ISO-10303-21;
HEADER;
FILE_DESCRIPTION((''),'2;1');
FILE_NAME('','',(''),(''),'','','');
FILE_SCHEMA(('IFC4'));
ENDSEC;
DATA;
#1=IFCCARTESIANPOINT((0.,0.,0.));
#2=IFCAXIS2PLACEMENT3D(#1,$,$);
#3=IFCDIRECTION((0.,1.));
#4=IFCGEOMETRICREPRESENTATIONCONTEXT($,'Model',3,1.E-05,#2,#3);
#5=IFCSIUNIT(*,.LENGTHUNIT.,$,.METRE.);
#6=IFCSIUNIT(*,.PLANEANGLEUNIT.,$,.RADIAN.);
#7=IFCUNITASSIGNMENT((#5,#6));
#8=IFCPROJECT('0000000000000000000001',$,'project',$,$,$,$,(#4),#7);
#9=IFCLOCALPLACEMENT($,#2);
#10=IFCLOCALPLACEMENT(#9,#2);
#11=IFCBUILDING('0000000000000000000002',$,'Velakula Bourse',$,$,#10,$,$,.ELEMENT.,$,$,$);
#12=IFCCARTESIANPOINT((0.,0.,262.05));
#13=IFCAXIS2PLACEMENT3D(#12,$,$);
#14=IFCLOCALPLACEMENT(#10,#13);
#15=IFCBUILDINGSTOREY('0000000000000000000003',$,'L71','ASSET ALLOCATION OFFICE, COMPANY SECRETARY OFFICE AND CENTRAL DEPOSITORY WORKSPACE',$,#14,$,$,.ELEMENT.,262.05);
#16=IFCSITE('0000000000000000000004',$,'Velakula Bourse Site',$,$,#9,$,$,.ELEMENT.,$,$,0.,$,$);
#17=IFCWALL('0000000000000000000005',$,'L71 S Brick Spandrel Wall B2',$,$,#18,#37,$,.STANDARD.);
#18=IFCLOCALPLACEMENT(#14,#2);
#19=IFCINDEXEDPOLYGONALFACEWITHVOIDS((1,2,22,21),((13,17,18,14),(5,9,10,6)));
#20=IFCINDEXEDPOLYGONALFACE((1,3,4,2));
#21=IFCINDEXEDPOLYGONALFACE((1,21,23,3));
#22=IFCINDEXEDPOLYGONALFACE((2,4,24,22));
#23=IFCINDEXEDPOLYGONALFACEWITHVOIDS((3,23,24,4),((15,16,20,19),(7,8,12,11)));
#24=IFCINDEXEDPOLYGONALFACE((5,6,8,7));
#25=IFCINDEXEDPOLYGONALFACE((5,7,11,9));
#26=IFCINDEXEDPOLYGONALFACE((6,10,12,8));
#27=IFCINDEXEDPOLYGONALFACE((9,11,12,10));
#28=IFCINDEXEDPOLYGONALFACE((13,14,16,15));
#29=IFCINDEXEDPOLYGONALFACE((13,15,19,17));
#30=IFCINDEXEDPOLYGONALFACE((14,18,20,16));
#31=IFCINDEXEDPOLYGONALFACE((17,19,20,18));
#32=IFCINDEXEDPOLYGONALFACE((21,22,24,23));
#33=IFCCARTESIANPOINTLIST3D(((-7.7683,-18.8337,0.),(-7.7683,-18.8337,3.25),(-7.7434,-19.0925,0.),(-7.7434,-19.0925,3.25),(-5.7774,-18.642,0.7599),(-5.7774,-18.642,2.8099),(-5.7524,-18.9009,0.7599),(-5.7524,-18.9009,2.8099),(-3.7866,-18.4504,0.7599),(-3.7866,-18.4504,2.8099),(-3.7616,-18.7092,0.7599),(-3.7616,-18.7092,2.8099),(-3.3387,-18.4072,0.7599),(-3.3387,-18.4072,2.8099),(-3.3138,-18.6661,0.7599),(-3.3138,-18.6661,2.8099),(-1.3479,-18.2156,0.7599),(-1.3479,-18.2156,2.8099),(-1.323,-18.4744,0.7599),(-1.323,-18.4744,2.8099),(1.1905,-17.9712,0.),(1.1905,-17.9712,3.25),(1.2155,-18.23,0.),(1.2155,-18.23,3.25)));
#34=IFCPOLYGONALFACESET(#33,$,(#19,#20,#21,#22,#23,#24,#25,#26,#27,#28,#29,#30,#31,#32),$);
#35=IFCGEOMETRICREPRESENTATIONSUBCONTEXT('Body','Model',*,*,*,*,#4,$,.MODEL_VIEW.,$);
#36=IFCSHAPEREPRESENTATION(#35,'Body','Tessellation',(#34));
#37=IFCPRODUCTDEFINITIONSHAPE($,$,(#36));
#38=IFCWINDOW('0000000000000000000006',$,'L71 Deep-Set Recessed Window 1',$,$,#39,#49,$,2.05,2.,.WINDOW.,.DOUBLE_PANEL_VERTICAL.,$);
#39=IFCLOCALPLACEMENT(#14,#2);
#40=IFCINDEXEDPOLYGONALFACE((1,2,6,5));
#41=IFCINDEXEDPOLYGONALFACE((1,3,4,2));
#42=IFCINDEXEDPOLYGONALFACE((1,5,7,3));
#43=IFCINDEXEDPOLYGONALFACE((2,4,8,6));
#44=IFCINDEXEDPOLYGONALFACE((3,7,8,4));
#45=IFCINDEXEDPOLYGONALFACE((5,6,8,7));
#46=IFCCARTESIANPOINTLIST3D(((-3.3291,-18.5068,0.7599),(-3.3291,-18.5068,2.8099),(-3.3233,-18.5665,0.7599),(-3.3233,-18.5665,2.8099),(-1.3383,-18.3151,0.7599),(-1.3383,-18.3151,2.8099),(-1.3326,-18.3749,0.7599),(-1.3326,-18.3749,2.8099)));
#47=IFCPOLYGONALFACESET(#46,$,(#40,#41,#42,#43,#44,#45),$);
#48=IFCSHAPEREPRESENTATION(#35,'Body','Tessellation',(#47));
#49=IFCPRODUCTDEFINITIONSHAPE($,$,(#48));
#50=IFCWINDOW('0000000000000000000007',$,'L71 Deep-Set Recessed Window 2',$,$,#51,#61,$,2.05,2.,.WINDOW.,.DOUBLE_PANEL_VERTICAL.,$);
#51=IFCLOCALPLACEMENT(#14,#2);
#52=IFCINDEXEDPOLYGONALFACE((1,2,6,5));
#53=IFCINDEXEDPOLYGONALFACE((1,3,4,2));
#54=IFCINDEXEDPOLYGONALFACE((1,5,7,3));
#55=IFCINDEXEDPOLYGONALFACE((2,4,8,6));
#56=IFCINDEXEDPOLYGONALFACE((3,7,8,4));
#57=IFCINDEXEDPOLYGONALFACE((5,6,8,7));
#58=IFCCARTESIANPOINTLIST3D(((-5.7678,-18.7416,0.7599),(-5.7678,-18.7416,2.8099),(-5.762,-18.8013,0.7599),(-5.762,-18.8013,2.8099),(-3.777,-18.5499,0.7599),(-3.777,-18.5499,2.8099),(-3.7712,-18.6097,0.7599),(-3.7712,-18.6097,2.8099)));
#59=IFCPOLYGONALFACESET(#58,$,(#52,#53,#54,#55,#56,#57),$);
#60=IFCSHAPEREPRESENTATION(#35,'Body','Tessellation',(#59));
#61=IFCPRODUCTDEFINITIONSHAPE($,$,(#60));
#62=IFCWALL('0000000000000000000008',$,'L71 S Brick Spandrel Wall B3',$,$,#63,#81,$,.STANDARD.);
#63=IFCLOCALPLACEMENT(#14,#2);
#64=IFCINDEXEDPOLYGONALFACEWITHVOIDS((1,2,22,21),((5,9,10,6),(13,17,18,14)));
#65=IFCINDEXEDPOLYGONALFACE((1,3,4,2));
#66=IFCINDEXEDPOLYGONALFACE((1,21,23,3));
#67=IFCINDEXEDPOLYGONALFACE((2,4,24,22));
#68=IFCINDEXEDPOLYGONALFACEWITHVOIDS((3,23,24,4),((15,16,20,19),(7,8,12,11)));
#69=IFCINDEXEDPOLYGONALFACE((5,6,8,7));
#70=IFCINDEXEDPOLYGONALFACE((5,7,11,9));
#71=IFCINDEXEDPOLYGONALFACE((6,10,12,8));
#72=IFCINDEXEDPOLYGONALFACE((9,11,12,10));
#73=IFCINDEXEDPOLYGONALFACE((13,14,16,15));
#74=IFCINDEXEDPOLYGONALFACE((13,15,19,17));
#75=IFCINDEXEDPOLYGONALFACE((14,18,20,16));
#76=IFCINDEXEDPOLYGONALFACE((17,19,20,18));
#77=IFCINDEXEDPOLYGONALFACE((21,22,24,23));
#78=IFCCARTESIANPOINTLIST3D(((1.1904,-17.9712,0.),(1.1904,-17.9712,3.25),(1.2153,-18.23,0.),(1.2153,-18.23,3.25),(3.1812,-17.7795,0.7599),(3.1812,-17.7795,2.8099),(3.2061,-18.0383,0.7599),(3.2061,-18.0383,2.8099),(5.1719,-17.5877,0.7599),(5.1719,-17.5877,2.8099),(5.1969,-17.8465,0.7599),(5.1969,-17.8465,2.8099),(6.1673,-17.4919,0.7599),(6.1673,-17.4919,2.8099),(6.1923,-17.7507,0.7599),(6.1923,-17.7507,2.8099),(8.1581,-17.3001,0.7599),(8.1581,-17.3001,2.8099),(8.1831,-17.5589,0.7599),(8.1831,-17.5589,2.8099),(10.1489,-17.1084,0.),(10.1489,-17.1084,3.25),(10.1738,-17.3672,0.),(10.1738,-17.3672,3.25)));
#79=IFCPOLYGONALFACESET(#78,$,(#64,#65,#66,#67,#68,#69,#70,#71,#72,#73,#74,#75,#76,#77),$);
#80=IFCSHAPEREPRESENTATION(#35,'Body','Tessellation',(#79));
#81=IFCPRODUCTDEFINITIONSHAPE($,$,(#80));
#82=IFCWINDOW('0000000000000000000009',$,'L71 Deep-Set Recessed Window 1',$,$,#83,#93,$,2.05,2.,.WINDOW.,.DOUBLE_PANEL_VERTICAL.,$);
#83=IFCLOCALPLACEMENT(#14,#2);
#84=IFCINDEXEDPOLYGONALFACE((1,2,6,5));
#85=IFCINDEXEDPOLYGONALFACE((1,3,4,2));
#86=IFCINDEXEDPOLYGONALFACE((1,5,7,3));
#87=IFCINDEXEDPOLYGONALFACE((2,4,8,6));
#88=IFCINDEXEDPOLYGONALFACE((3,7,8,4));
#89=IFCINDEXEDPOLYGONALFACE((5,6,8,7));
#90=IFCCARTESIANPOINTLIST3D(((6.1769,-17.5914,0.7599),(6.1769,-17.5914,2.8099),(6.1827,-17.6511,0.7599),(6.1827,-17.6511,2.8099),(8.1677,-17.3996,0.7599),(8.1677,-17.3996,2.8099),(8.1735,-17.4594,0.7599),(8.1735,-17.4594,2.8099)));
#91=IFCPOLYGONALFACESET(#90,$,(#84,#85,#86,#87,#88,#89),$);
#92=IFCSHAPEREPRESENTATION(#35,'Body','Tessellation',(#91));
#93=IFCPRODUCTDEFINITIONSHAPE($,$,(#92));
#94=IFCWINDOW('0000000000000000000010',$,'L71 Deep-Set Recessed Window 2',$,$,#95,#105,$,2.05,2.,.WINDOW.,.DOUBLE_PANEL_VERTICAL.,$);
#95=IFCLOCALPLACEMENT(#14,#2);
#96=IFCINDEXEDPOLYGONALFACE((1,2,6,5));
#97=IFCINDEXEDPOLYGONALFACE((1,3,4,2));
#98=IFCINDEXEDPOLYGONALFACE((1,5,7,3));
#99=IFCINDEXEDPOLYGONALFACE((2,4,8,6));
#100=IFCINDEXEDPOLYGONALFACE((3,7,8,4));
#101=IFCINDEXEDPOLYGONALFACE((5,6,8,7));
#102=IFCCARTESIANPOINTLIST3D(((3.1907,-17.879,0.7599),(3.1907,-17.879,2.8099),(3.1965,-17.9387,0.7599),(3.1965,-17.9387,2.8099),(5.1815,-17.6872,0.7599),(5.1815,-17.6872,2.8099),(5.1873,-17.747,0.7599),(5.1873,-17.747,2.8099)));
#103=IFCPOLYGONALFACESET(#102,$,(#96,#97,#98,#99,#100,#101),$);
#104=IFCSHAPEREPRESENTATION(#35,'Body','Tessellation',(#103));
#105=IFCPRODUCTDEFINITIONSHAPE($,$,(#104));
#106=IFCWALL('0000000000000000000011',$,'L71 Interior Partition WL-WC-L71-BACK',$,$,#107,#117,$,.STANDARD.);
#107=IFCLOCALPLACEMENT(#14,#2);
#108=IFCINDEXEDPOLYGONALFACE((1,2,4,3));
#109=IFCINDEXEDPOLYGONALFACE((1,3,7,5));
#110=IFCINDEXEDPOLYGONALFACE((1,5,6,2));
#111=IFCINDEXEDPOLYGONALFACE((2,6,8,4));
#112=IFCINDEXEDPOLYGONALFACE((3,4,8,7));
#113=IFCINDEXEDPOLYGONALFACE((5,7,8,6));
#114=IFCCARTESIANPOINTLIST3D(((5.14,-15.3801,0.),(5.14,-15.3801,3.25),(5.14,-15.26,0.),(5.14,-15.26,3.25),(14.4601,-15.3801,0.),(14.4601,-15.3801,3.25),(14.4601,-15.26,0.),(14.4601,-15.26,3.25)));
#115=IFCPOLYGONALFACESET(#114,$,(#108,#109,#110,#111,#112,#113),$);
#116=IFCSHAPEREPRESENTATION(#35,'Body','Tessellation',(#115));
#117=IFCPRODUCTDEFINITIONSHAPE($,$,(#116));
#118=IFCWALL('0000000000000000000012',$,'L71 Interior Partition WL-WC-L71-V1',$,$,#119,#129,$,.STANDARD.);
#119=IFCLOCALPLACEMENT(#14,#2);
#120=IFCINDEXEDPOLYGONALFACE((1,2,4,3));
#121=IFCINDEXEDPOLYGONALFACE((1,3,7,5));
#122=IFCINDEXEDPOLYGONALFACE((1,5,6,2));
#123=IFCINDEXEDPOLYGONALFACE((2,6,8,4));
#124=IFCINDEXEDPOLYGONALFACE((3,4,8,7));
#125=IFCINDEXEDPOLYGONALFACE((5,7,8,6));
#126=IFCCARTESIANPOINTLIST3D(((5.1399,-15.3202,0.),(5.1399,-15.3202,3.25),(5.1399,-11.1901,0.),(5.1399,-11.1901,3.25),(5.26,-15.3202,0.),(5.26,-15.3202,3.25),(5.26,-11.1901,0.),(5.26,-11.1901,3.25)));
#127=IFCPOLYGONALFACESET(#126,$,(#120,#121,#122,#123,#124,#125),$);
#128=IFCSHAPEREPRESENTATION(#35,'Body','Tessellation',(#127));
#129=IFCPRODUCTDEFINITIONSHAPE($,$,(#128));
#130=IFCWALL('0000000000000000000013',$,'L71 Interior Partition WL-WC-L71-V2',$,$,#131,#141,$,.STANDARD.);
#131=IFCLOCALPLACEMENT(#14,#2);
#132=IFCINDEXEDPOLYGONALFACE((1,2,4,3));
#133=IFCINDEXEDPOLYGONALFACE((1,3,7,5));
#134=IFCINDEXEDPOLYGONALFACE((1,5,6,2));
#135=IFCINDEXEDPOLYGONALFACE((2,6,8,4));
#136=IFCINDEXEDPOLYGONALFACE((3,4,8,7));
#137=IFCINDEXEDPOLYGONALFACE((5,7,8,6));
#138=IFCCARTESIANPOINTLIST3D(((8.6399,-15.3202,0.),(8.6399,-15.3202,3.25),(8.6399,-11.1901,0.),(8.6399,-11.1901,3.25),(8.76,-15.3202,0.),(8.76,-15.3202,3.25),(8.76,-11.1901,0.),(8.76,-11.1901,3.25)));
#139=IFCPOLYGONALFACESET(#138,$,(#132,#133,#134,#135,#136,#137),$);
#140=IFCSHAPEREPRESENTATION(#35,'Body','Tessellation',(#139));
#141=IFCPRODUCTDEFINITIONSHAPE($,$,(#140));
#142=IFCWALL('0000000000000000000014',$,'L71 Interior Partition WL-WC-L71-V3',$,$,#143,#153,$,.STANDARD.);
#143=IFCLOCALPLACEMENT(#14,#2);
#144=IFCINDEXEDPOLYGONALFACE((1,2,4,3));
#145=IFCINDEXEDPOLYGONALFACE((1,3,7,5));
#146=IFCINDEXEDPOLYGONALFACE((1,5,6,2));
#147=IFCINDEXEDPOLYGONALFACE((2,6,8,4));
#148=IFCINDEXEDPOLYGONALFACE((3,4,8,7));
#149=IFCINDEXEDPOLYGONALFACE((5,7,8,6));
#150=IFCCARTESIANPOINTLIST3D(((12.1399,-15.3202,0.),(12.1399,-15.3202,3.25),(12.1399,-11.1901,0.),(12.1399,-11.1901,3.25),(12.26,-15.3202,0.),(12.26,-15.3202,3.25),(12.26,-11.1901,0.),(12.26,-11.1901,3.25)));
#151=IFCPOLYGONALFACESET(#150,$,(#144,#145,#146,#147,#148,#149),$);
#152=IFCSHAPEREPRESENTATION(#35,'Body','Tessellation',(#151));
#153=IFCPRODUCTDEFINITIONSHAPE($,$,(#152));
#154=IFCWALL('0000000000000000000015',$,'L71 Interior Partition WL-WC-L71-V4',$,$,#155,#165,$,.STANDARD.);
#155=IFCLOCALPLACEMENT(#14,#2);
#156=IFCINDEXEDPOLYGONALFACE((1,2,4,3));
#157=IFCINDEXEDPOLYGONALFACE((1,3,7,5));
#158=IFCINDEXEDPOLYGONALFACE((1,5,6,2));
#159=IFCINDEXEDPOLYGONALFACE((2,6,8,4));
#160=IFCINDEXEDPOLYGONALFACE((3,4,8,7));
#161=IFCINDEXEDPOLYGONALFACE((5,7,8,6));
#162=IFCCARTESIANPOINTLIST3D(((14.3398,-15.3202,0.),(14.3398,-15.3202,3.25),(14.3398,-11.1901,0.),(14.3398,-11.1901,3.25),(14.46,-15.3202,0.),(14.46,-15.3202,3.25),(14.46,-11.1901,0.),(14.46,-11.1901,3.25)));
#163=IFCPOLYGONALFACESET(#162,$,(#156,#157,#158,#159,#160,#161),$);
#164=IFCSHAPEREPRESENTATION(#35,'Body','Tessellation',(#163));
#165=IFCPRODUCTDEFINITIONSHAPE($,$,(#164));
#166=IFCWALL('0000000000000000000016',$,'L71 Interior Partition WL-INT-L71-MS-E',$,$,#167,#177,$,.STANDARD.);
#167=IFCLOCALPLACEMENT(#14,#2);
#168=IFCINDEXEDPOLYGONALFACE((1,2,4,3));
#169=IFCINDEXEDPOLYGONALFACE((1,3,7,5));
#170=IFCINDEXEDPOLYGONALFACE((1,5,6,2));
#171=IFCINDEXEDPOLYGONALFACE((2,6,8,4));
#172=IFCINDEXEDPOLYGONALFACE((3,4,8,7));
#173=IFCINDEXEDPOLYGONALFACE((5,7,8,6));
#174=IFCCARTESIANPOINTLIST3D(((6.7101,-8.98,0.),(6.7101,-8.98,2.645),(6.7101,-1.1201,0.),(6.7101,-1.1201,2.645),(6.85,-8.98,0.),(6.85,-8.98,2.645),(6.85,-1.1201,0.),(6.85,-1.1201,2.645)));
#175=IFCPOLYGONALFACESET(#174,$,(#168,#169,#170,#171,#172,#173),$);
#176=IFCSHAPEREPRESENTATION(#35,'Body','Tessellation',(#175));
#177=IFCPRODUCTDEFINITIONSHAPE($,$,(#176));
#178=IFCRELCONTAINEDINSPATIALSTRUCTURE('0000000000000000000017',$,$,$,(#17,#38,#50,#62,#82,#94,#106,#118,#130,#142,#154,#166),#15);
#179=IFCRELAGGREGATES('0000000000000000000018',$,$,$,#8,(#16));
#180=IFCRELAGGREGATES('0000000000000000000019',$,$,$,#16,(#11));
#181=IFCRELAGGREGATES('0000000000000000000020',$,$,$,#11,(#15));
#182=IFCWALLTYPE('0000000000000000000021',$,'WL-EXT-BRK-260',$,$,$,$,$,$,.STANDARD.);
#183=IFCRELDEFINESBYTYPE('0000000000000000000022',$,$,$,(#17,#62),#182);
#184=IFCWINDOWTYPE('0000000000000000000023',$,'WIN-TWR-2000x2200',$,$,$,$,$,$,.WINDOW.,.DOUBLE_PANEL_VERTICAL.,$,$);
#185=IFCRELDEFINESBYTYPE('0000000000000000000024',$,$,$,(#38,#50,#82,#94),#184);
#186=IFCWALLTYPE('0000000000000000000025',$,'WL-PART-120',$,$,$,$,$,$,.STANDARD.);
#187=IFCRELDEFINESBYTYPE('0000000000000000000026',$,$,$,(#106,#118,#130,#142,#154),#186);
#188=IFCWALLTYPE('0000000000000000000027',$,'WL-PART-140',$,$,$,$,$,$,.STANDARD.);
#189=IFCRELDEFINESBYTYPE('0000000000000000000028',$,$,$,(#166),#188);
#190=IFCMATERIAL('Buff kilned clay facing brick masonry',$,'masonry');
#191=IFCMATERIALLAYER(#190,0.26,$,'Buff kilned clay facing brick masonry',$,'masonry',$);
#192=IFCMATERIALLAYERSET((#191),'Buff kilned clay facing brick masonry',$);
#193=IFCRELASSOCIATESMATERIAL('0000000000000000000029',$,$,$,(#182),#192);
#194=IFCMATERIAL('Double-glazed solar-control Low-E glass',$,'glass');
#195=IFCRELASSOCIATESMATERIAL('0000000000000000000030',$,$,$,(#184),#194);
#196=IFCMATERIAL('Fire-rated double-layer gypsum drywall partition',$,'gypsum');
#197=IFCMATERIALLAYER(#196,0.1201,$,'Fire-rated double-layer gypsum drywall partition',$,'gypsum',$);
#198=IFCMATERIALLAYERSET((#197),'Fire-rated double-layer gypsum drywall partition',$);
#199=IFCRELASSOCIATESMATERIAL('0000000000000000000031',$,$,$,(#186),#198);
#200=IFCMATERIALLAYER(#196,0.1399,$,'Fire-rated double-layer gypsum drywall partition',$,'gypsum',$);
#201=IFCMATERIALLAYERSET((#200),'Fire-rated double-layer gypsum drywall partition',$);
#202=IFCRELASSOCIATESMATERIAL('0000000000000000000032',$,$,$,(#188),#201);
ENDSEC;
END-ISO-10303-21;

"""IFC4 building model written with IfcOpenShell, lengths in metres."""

from ifc_helpers import new_model, si_unit, direction, frame, frame_2d, origin, place, context, subcontext, project, spatial, rectangle, extrude, material, layer, layer_set, type_object, element, fill, save


model = new_model("IFC4")

# Units and contexts
model_context = context("Model", 3, precision=1e-05, world=origin(), true_north=direction((0.0, 1.0)))
body_context = subcontext(model_context, "Body", "Model", "MODEL_VIEW")
ifc_project = project(units=[si_unit("LENGTHUNIT", "METRE"), si_unit("PLANEANGLEUNIT", "RADIAN")], contexts=[model_context])

# Site, building, storey
site_placement = place(None, origin())
site = spatial("IfcSite", under=ifc_project, at=site_placement, Name="Velakula Bourse Site", CompositionType="ELEMENT", RefElevation=0.0)
building_placement = place(site_placement, origin())
building = spatial("IfcBuilding", under=site, at=building_placement, Name="Velakula Bourse", CompositionType="ELEMENT")
storey_placement = place(building_placement, frame((0.0, 0.0, 262.05)))
storey = spatial("IfcBuildingStorey", under=building, at=storey_placement, Name="L71", Description="ASSET ALLOCATION OFFICE, COMPANY SECRETARY OFFICE AND CENTRAL DEPOSITORY WORKSPACE", CompositionType="ELEMENT", Elevation=262.05)

# Walls, openings, windows
ifc_material_1 = material(Name="Buff kilned clay facing brick masonry", Category="masonry")
ifc_layer_1 = layer(ifc_material_1, 0.26, Name="Buff kilned clay facing brick masonry", Category="masonry")
ifc_layer_set_1 = layer_set([ifc_layer_1], Name="Buff kilned clay facing brick masonry")
wall_type_1 = type_object("IfcWallType", Name="WL-EXT-BRK-260", PredefinedType="STANDARD", material=ifc_layer_set_1)
wall_1_placement = place(storey_placement, frame((1.2029, -18.1006, 0.0), z_axis=(0.0, 0.0, 1.0), x_axis=(-0.995397, -0.095837, 0.0)))
wall_1 = element("IfcWall", 1, at=wall_1_placement, inside=storey, type_object=wall_type_1, Name="L71 S Brick Spandrel Wall B2", PredefinedType="STANDARD", context=body_context, shape_type="SweptSolid", body=[
    extrude(rectangle(XDim=9.0002, YDim=0.26, at=frame_2d((4.5, 0.0))), origin(), (0.0, 0.0, 1.0), 3.25),
])
opening_1_placement = place(wall_1_placement, frame((2.55, 0.0, 0.76)))
opening_1 = element("IfcOpeningElement", 2, at=opening_1_placement, cuts=wall_1, PredefinedType="OPENING", context=body_context, shape_type="SweptSolid", body=[
    extrude(rectangle(XDim=2.0, YDim=2.05, at=frame_2d((1.0, 1.0249))), frame((0.0, 0.1399, 0.0), z_axis=(0.0, -1.0, 0.0), x_axis=(1.0, 0.0, 0.0)), (0.0, 0.0, 1.0), 0.28),
])
opening_2_placement = place(wall_1_placement, frame((5.0, 0.0, 0.76)))
opening_2 = element("IfcOpeningElement", 3, at=opening_2_placement, cuts=wall_1, PredefinedType="OPENING", context=body_context, shape_type="SweptSolid", body=[
    extrude(rectangle(XDim=2.0, YDim=2.05, at=frame_2d((1.0, 1.0249))), frame((0.0, 0.1399, 0.0), z_axis=(0.0, -1.0, 0.0), x_axis=(1.0, 0.0, 0.0)), (0.0, 0.0, 1.0), 0.28),
])
ifc_material_2 = material(Name="Double-glazed solar-control Low-E glass", Category="glass")
window_type = type_object("IfcWindowType", Name="WIN-TWR-2000x2200", PartitioningType="DOUBLE_PANEL_VERTICAL", PredefinedType="WINDOW", material=ifc_material_2)
window_1_placement = place(opening_1_placement, origin())
window_1 = element("IfcWindow", 4, at=window_1_placement, inside=storey, type_object=window_type, Name="L71 Deep-Set Recessed Window 1", OverallHeight=2.05, OverallWidth=2.0, PartitioningType="DOUBLE_PANEL_VERTICAL", PredefinedType="WINDOW", context=body_context, shape_type="SweptSolid", body=[
    extrude(rectangle(XDim=2.0, YDim=2.05, at=frame_2d((1.0, 1.0249))), frame((0.0, 0.03, 0.0), z_axis=(0.0, -1.0, 0.0), x_axis=(1.0, 0.0, 0.0)), (0.0, 0.0, 1.0), 0.0601),
])
fill(opening_1, window_1)
window_2_placement = place(opening_2_placement, origin())
window_2 = element("IfcWindow", 5, at=window_2_placement, inside=storey, type_object=window_type, Name="L71 Deep-Set Recessed Window 2", OverallHeight=2.05, OverallWidth=2.0, PartitioningType="DOUBLE_PANEL_VERTICAL", PredefinedType="WINDOW", context=body_context, shape_type="SweptSolid", body=[
    extrude(rectangle(XDim=2.0, YDim=2.05, at=frame_2d((1.0, 1.0249))), frame((0.0, 0.03, 0.0), z_axis=(0.0, -1.0, 0.0), x_axis=(1.0, 0.0, 0.0)), (0.0, 0.0, 1.0), 0.0601),
])
fill(opening_2, window_2)
wall_2_placement = place(storey_placement, frame((10.1614, -17.2378, 0.0), z_axis=(0.0, 0.0, 1.0), x_axis=(-0.995394, -0.095866, 0.0)))
wall_2 = element("IfcWall", 6, at=wall_2_placement, inside=storey, type_object=wall_type_1, Name="L71 S Brick Spandrel Wall B3", PredefinedType="STANDARD", context=body_context, shape_type="SweptSolid", body=[
    extrude(rectangle(XDim=9.0, YDim=0.26, at=frame_2d((4.5, 0.0))), origin(), (0.0, 0.0, 1.0), 3.25),
])
opening_3_placement = place(wall_2_placement, frame((2.0, 0.0, 0.76)))
opening_3 = element("IfcOpeningElement", 7, at=opening_3_placement, cuts=wall_2, PredefinedType="OPENING", context=body_context, shape_type="SweptSolid", body=[
    extrude(rectangle(XDim=2.0, YDim=2.05, at=frame_2d((1.0, 1.0249))), frame((0.0, 0.1399, 0.0), z_axis=(0.0, -1.0, 0.0), x_axis=(1.0, 0.0, 0.0)), (0.0, 0.0, 1.0), 0.28),
])
opening_4_placement = place(wall_2_placement, frame((5.0, 0.0, 0.76)))
opening_4 = element("IfcOpeningElement", 8, at=opening_4_placement, cuts=wall_2, PredefinedType="OPENING", context=body_context, shape_type="SweptSolid", body=[
    extrude(rectangle(XDim=2.0, YDim=2.05, at=frame_2d((1.0, 1.0249))), frame((0.0, 0.1399, 0.0), z_axis=(0.0, -1.0, 0.0), x_axis=(1.0, 0.0, 0.0)), (0.0, 0.0, 1.0), 0.28),
])
window_3_placement = place(opening_3_placement, origin())
window_3 = element("IfcWindow", 9, at=window_3_placement, inside=storey, type_object=window_type, Name="L71 Deep-Set Recessed Window 1", OverallHeight=2.05, OverallWidth=2.0, PartitioningType="DOUBLE_PANEL_VERTICAL", PredefinedType="WINDOW", context=body_context, shape_type="SweptSolid", body=[
    extrude(rectangle(XDim=2.0, YDim=2.05, at=frame_2d((1.0, 1.0249))), frame((0.0, 0.03, 0.0), z_axis=(0.0, -1.0, 0.0), x_axis=(1.0, 0.0, 0.0)), (0.0, 0.0, 1.0), 0.0601),
])
fill(opening_3, window_3)
window_4_placement = place(opening_4_placement, origin())
window_4 = element("IfcWindow", 10, at=window_4_placement, inside=storey, type_object=window_type, Name="L71 Deep-Set Recessed Window 2", OverallHeight=2.05, OverallWidth=2.0, PartitioningType="DOUBLE_PANEL_VERTICAL", PredefinedType="WINDOW", context=body_context, shape_type="SweptSolid", body=[
    extrude(rectangle(XDim=2.0, YDim=2.05, at=frame_2d((1.0, 1.0249))), frame((0.0, 0.03, 0.0), z_axis=(0.0, -1.0, 0.0), x_axis=(1.0, 0.0, 0.0)), (0.0, 0.0, 1.0), 0.0601),
])
fill(opening_4, window_4)

# Walls
ifc_material_3 = material(Name="Fire-rated double-layer gypsum drywall partition", Category="gypsum")
ifc_layer_2 = layer(ifc_material_3, 0.1201, Name="Fire-rated double-layer gypsum drywall partition", Category="gypsum")
ifc_layer_set_2 = layer_set([ifc_layer_2], Name="Fire-rated double-layer gypsum drywall partition")
wall_type_2 = type_object("IfcWallType", Name="WL-PART-120", PredefinedType="STANDARD", material=ifc_layer_set_2)
wall_3_placement = place(storey_placement, frame((5.1399, -15.3201, 0.0), z_axis=(0.0, 0.0, 1.0), x_axis=(1.0, 0.0, 0.0)))
element("IfcWall", 11, at=wall_3_placement, inside=storey, type_object=wall_type_2, Name="L71 Interior Partition WL-WC-L71-BACK", PredefinedType="STANDARD", context=body_context, shape_type="SweptSolid", body=[
    extrude(rectangle(XDim=9.3201, YDim=0.1201, at=frame_2d((4.6602, 0.0))), origin(), (0.0, 0.0, 1.0), 3.25),
])
for number, where, z_axis, x_axis, name in (
    (12, (5.2, -15.3201, 0.0), (0.0, 0.0, 1.0), (0.0, 1.0, 0.0), "L71 Interior Partition WL-WC-L71-V1"),
    (13, (8.7, -15.3201, 0.0), (0.0, 0.0, 1.0), (0.0, 1.0, 0.0), "L71 Interior Partition WL-WC-L71-V2"),
    (14, (12.2, -15.3201, 0.0), (0.0, 0.0, 1.0), (0.0, 1.0, 0.0), "L71 Interior Partition WL-WC-L71-V3"),
    (15, (14.3999, -15.3201, 0.0), (0.0, 0.0, 1.0), (0.0, 1.0, 0.0), "L71 Interior Partition WL-WC-L71-V4"),
):
    element("IfcWall", number, at=place(storey_placement, frame(where, z_axis=z_axis, x_axis=x_axis)), inside=storey, type_object=wall_type_2, Name=name, PredefinedType="STANDARD", context=body_context, shape_type="SweptSolid", body=[
        extrude(rectangle(XDim=4.1301, YDim=0.1201, at=frame_2d((2.0649, 0.0))), origin(), (0.0, 0.0, 1.0), 3.25),
    ])
ifc_layer_3 = layer(ifc_material_3, 0.1399, Name="Fire-rated double-layer gypsum drywall partition", Category="gypsum")
ifc_layer_set_3 = layer_set([ifc_layer_3], Name="Fire-rated double-layer gypsum drywall partition")
wall_type_3 = type_object("IfcWallType", Name="WL-PART-140", PredefinedType="STANDARD", material=ifc_layer_set_3)
wall_4_placement = place(storey_placement, frame((6.78, -8.98, 0.0), z_axis=(0.0, 0.0, 1.0), x_axis=(0.0, 1.0, 0.0)))
element("IfcWall", 16, at=wall_4_placement, inside=storey, type_object=wall_type_3, Name="L71 Interior Partition WL-INT-L71-MS-E", PredefinedType="STANDARD", context=body_context, shape_type="SweptSolid", body=[
    extrude(rectangle(XDim=7.8599, YDim=0.1399, at=frame_2d((3.9299, 0.0))), origin(), (0.0, 0.0, 1.0), 2.645),
])

save(model, "model.ifc")
